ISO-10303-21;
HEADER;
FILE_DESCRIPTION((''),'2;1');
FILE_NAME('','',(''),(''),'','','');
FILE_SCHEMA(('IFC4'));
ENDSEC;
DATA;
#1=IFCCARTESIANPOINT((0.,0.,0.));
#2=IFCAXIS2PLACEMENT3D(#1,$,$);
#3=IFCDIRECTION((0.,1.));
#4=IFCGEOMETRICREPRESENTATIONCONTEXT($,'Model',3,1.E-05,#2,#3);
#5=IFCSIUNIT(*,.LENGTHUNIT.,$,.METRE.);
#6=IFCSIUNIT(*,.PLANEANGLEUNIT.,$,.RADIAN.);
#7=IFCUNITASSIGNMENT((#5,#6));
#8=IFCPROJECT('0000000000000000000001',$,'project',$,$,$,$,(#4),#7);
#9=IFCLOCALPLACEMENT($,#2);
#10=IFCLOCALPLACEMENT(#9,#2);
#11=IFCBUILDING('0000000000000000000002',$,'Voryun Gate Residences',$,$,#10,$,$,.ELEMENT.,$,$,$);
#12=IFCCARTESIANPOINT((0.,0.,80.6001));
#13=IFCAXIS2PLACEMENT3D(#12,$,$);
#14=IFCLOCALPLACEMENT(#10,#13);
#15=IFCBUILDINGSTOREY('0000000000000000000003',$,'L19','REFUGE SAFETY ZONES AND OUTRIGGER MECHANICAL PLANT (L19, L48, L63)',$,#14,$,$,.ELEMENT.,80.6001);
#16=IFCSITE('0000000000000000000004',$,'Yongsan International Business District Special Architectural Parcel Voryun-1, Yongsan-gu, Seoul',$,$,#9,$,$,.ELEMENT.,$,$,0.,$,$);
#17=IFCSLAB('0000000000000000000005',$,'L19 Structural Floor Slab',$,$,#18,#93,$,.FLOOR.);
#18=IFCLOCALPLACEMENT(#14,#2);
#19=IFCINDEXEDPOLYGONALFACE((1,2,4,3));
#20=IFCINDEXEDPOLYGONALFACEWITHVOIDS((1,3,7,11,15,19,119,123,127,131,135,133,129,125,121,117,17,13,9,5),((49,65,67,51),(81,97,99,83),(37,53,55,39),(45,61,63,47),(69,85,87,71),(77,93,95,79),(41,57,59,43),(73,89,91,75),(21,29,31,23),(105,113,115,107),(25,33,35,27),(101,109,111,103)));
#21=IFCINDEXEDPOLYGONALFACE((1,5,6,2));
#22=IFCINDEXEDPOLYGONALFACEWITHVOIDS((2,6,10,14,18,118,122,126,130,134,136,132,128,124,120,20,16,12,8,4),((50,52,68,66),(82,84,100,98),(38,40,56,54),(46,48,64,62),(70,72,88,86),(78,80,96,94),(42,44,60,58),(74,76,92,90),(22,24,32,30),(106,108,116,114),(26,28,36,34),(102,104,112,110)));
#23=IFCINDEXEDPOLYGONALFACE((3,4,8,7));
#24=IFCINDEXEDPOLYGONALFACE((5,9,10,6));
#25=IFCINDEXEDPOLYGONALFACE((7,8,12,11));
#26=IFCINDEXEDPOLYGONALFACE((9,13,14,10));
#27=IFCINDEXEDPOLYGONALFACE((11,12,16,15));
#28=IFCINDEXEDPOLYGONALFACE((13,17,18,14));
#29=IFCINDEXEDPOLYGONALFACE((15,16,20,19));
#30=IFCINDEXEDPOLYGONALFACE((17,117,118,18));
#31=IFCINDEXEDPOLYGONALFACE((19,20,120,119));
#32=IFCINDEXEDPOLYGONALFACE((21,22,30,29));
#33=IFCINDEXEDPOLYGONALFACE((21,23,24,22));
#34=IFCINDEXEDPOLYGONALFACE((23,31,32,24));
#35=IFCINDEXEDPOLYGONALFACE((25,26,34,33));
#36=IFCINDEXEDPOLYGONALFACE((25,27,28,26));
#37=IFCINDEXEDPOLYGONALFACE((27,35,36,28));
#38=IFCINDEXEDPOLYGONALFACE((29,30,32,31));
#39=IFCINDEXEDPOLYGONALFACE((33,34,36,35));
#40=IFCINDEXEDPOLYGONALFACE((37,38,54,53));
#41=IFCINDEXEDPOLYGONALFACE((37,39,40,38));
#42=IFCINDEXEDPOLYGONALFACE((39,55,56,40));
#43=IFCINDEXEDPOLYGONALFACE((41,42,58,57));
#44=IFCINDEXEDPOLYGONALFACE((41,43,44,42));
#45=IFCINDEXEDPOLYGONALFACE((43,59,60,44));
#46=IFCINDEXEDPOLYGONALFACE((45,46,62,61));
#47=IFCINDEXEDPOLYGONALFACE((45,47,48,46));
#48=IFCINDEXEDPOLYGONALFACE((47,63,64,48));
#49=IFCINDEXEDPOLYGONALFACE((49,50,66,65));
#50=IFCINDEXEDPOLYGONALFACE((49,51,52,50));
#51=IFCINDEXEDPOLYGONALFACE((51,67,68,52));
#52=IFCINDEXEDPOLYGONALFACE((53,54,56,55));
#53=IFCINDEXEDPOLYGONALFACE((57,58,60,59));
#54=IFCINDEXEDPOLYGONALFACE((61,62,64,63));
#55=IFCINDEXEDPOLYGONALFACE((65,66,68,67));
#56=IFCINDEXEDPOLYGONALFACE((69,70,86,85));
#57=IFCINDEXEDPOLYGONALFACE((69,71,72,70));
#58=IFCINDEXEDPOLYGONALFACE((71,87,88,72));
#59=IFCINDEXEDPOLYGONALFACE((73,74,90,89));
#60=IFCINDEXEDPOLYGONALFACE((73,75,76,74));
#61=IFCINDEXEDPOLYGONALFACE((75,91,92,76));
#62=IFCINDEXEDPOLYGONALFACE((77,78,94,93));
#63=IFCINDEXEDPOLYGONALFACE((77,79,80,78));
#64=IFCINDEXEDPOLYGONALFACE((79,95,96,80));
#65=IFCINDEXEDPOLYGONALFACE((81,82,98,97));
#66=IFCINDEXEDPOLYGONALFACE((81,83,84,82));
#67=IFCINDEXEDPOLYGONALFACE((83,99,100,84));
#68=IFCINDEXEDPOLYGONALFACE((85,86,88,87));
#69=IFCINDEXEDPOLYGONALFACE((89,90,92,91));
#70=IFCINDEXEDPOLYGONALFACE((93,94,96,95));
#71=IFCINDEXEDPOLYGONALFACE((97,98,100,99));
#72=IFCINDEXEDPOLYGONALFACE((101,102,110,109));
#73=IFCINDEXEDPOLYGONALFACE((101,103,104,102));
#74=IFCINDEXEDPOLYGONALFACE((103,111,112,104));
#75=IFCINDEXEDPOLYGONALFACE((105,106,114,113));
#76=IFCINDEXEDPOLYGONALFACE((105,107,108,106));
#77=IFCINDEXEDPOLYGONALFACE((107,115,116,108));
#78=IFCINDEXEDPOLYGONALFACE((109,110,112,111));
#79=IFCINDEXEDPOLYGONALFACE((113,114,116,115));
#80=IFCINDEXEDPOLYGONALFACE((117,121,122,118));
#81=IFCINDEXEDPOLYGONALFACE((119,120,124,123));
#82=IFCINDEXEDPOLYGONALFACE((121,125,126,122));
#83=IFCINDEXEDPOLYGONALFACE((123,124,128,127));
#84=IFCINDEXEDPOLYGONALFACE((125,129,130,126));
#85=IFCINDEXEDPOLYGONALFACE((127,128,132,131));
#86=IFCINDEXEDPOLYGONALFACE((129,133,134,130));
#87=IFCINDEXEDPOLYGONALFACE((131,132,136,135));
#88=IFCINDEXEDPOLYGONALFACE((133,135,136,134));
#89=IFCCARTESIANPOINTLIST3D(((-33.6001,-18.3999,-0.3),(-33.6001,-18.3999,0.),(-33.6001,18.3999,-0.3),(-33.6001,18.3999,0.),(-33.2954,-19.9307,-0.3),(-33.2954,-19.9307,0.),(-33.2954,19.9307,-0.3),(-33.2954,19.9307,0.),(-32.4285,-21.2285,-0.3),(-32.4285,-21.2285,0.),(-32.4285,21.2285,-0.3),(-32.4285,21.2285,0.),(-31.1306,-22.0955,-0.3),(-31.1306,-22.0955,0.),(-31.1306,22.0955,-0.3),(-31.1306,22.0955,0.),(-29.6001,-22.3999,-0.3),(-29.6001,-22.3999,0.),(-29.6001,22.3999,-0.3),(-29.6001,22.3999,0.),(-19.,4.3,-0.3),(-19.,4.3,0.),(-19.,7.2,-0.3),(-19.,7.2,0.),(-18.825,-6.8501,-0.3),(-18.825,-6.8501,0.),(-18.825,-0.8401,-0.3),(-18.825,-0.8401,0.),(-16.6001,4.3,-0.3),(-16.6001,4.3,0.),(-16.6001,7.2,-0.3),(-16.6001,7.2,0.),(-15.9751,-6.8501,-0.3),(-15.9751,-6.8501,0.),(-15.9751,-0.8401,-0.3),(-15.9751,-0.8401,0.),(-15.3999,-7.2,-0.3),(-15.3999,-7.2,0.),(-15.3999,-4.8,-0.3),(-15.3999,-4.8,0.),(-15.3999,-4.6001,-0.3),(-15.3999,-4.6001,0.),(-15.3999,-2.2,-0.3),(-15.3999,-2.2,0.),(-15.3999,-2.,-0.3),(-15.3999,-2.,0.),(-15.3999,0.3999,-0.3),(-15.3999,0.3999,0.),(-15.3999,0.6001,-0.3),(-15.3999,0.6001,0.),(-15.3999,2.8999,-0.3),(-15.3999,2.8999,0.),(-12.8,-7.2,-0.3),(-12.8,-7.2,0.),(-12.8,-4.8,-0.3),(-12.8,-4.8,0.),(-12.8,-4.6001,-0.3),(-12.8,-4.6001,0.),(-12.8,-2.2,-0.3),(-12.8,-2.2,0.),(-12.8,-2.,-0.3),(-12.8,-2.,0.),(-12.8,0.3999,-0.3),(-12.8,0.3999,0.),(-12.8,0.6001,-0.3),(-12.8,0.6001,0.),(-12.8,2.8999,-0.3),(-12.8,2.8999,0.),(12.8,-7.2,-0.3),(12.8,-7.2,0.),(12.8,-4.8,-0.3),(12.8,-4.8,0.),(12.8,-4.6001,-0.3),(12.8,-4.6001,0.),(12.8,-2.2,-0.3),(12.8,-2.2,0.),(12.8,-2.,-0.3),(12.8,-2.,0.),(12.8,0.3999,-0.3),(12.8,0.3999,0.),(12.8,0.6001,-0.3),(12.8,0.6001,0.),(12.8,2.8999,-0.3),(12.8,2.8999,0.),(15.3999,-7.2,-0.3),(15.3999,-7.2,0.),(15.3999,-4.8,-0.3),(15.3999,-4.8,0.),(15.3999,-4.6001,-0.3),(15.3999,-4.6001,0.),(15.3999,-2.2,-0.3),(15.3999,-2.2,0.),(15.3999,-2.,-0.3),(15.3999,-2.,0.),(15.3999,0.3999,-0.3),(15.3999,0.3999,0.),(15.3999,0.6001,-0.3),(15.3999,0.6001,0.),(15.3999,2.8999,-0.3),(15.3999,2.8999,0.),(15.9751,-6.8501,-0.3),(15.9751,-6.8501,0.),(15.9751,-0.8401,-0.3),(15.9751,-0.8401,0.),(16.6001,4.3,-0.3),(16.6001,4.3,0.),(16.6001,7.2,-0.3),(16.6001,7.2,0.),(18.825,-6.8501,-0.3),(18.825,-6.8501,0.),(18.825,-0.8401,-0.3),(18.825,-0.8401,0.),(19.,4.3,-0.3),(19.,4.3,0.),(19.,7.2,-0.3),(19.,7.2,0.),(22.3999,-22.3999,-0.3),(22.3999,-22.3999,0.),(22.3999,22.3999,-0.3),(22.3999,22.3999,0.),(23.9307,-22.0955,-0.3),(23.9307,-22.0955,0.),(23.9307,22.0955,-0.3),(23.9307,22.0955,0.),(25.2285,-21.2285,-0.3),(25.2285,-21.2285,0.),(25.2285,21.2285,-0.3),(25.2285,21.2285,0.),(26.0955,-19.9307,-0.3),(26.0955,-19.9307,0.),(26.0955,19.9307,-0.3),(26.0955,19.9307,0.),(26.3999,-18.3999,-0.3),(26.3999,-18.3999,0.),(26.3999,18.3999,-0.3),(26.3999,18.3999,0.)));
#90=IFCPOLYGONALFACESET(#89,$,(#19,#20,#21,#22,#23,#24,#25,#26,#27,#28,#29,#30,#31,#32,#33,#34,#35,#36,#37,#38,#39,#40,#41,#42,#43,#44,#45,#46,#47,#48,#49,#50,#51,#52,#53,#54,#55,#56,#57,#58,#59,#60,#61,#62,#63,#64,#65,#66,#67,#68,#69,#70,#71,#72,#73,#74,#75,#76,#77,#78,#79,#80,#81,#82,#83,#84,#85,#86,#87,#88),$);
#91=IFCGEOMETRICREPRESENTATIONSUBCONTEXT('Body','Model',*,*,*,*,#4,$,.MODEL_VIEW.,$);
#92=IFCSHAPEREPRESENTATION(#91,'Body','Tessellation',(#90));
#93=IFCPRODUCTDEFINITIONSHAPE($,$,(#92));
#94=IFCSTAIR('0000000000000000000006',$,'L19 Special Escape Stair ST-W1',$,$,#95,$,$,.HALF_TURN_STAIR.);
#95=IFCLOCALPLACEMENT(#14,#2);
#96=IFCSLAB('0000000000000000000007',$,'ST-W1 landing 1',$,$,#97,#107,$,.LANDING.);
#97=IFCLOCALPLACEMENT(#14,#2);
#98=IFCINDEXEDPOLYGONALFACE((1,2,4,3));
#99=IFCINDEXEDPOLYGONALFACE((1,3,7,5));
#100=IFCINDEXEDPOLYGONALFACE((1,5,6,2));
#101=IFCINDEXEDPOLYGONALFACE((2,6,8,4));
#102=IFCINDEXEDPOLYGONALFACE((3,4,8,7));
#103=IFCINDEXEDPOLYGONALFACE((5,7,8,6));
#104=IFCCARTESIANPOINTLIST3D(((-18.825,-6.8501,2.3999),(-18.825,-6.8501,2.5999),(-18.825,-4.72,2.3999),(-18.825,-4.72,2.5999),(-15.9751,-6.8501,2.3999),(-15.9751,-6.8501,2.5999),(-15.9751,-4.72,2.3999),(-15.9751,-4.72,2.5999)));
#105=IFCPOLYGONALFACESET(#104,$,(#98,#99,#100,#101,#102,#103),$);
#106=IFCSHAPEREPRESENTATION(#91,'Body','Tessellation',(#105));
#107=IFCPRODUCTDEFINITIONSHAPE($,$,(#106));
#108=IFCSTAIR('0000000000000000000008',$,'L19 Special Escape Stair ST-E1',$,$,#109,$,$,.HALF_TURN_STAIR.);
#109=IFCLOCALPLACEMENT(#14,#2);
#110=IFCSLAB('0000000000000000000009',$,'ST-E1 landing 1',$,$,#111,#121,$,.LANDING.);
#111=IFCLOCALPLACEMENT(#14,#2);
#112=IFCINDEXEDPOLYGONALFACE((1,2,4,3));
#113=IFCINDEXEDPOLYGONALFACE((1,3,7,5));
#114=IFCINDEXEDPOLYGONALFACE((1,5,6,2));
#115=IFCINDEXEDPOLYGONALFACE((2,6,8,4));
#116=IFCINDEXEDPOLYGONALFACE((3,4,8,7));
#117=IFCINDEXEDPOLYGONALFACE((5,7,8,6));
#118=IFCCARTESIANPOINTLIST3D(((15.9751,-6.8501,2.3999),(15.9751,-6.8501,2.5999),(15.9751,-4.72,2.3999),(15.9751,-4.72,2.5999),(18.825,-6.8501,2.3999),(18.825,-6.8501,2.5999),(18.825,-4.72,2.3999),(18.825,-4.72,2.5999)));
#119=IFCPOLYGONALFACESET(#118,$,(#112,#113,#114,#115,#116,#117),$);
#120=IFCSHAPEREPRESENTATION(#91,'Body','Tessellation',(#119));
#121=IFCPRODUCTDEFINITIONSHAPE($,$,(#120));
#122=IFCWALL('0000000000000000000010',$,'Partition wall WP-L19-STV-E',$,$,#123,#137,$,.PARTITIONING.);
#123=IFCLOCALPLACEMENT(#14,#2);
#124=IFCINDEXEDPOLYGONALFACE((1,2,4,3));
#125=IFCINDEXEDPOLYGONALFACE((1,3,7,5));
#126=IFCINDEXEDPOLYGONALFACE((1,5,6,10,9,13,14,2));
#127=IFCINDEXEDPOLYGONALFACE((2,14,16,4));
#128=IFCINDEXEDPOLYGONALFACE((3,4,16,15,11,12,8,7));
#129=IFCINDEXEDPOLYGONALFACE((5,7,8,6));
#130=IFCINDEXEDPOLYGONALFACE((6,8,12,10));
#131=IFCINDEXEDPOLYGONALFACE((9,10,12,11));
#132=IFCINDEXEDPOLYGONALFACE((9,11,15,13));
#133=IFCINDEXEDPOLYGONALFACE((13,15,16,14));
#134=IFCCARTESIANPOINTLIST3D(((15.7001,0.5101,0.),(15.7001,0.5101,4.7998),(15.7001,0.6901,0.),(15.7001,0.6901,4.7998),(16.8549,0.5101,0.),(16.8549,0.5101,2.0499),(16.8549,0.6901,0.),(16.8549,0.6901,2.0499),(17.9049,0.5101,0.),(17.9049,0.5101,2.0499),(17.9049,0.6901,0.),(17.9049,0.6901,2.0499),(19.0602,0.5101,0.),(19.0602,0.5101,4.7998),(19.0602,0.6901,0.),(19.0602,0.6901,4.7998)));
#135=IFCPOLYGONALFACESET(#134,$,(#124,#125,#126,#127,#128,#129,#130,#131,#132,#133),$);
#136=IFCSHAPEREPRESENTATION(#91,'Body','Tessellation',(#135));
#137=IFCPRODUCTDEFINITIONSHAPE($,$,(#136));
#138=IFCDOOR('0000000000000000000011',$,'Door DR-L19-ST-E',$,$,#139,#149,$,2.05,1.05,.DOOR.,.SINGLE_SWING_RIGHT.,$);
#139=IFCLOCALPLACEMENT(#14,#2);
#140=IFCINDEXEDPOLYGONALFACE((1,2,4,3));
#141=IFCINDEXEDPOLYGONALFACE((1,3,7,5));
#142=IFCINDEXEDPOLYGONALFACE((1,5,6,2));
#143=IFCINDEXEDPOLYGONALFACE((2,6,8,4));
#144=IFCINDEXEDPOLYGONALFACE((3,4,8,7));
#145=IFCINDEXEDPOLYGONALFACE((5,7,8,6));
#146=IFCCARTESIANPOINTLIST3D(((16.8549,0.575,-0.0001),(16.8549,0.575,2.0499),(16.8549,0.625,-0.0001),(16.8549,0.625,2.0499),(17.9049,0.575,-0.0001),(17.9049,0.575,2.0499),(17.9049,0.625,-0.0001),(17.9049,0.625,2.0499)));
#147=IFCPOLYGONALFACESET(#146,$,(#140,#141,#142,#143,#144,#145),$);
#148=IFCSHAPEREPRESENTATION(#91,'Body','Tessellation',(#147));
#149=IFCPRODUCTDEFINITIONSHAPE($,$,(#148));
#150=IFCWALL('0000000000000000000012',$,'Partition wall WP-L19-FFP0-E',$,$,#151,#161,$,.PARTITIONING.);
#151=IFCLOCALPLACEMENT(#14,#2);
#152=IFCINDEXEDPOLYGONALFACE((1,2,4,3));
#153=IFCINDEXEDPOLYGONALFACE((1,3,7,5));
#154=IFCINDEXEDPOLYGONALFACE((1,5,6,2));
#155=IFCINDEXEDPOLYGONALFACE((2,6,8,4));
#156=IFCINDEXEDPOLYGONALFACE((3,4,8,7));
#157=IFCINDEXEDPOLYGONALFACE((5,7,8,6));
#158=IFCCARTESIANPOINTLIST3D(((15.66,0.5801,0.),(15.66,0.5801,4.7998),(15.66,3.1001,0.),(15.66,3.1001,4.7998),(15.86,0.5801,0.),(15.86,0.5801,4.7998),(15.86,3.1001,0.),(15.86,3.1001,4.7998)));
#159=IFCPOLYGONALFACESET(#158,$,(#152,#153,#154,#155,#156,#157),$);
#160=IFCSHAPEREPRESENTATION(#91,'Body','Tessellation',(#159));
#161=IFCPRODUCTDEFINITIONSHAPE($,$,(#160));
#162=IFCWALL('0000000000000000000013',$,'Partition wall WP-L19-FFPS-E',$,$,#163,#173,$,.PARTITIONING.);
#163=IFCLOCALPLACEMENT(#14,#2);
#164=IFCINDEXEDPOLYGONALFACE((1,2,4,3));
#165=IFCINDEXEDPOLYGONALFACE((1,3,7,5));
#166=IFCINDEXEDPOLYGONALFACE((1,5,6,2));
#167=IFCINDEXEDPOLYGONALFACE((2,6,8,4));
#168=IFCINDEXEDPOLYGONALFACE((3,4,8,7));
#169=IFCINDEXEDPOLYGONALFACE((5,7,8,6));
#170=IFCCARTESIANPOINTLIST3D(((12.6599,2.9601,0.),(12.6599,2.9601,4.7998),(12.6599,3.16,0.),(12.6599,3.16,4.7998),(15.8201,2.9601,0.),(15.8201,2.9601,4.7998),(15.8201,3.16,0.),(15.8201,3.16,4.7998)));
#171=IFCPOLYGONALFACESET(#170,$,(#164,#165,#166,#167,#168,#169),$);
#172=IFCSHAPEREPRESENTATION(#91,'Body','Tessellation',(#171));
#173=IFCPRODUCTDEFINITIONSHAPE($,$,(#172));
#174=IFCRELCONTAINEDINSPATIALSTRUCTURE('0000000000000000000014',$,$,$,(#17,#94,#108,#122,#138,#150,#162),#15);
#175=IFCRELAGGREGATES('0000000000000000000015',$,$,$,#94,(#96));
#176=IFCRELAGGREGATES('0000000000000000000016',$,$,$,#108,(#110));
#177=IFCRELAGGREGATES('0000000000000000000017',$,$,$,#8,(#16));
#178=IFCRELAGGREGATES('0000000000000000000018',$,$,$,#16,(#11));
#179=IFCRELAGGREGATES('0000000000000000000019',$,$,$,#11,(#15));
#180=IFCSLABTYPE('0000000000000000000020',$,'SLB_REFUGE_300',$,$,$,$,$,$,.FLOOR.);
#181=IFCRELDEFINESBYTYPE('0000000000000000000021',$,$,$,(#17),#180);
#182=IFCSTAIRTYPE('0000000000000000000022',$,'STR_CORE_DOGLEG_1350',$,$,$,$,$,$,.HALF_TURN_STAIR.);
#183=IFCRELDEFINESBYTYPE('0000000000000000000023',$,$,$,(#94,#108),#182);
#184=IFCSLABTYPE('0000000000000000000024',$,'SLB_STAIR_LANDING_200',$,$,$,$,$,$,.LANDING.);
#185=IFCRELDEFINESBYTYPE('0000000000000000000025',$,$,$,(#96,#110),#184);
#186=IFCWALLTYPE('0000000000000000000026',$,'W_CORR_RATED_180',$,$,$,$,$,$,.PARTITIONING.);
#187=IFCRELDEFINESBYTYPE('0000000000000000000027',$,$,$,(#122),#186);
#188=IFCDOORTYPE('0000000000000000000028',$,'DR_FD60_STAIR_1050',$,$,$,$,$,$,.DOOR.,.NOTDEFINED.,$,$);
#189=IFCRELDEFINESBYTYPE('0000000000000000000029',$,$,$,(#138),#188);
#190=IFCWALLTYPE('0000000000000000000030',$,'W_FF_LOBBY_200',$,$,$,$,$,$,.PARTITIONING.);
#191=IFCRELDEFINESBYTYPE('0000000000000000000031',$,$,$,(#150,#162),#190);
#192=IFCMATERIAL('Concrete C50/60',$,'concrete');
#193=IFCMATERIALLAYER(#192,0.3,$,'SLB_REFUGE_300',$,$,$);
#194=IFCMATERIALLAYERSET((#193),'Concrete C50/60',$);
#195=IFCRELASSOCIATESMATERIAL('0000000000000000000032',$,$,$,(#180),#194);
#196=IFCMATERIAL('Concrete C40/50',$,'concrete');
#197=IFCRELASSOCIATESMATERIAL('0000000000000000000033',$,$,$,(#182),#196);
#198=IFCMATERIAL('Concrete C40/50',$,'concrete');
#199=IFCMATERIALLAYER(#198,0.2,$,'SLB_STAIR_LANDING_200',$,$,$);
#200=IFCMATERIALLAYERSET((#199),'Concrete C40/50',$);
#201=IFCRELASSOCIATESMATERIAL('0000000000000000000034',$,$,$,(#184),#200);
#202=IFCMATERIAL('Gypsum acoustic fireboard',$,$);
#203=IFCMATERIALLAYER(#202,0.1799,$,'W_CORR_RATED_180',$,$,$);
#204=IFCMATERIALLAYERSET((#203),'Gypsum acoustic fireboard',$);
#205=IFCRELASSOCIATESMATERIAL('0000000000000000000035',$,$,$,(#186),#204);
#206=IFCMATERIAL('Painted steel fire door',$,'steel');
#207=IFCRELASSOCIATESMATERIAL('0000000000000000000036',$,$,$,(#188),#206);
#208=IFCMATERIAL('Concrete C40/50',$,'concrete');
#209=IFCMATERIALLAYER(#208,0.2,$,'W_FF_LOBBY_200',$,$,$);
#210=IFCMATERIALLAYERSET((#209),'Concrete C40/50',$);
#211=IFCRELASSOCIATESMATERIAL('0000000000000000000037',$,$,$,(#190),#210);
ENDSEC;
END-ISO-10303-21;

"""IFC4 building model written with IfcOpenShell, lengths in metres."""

from ifc_helpers import new_model, si_unit, direction, frame, frame_2d, origin, place, context, subcontext, project, spatial, polyline, rectangle, outline, extrude, material, layer, layer_set, type_object, element, fill, aggregate, save


model = new_model("IFC4")

# Units and contexts
model_context = context("Model", 3, precision=1e-05, world=origin(), true_north=direction((0.0, 1.0)))
body_context = subcontext(model_context, "Body", "Model", "MODEL_VIEW")
ifc_project = project(units=[si_unit("LENGTHUNIT", "METRE"), si_unit("PLANEANGLEUNIT", "RADIAN")], contexts=[model_context])

# Site, building, storey
site_placement = place(None, origin())
site = spatial("IfcSite", under=ifc_project, at=site_placement, Name="Yongsan International Business District Special Architectural Parcel Voryun-1, Yongsan-gu, Seoul", CompositionType="ELEMENT", RefElevation=0.0)
building_placement = place(site_placement, origin())
building = spatial("IfcBuilding", under=site, at=building_placement, Name="Voryun Gate Residences", CompositionType="ELEMENT")
storey_placement = place(building_placement, frame((0.0, 0.0, 80.6001)))
storey = spatial("IfcBuildingStorey", under=building, at=storey_placement, Name="L19", Description="REFUGE SAFETY ZONES AND OUTRIGGER MECHANICAL PLANT (L19, L48, L63)", CompositionType="ELEMENT", Elevation=80.6001)

# Slab
ifc_material_1 = material(Name="Concrete C50/60", Category="concrete")
ifc_layer_1 = layer(ifc_material_1, 0.3, Name="SLB_REFUGE_300")
ifc_layer_set_1 = layer_set([ifc_layer_1], Name="Concrete C50/60")
slab_type_1 = type_object("IfcSlabType", Name="SLB_REFUGE_300", PredefinedType="FLOOR", material=ifc_layer_set_1)
slab_1_placement = place(storey_placement, frame((0.0, 0.0, -0.3)))
element("IfcSlab", 1, at=slab_1_placement, inside=storey, type_object=slab_type_1, Name="L19 Structural Floor Slab", PredefinedType="FLOOR", context=body_context, shape_type="SweptSolid", body=[
    extrude(outline(polyline([(-29.6001, -22.3999), (-31.1306, -22.0955), (-32.4285, -21.2285), (-33.2954, -19.9307), (-33.6001, -18.3999), (-33.6001, 18.3999), (-33.2954, 19.9307), (-32.4285, 21.2285), (-31.1306, 22.0955), (-29.6001, 22.3999), (22.3999, 22.3999), (23.9307, 22.0955), (25.2285, 21.2285), (26.0955, 19.9307), (26.3999, 18.3999), (26.3999, -18.3999), (26.0955, -19.9307), (25.2285, -21.2285), (23.9307, -22.0955), (22.3999, -22.3999), (-29.6001, -22.3999)]), holes=[polyline([(-12.8, -4.8), (-15.3999, -4.8), (-15.3999, -7.2), (-12.8, -7.2), (-12.8, -4.8)]), polyline([(-18.825, -6.8501), (-15.9751, -6.8501), (-15.9751, -0.8401), (-18.825, -0.8401), (-18.825, -6.8501)]), polyline([(-12.8, -4.6001), (-12.8, -2.2), (-15.3999, -2.2), (-15.3999, -4.6001), (-12.8, -4.6001)]), polyline([(-12.8, 0.3999), (-15.3999, 0.3999), (-15.3999, -2.0), (-12.8, -2.0), (-12.8, 0.3999)]), polyline([(-12.8, 0.6001), (-12.8, 2.8999), (-15.3999, 2.8999), (-15.3999, 0.6001), (-12.8, 0.6001)]), polyline([(-16.6001, 4.3), (-16.6001, 7.2), (-19.0, 7.2), (-19.0, 4.3), (-16.6001, 4.3)]), polyline([(15.3999, -4.8), (12.8, -4.8), (12.8, -7.2), (15.3999, -7.2), (15.3999, -4.8)]), polyline([(15.9751, -6.8501), (18.825, -6.8501), (18.825, -0.8401), (15.9751, -0.8401), (15.9751, -6.8501)]), polyline([(15.3999, -4.6001), (15.3999, -2.2), (12.8, -2.2), (12.8, -4.6001), (15.3999, -4.6001)]), polyline([(15.3999, 0.3999), (12.8, 0.3999), (12.8, -2.0), (15.3999, -2.0), (15.3999, 0.3999)]), polyline([(15.3999, 0.6001), (15.3999, 2.8999), (12.8, 2.8999), (12.8, 0.6001), (15.3999, 0.6001)]), polyline([(19.0, 4.3), (19.0, 7.2), (16.6001, 7.2), (16.6001, 4.3), (19.0, 4.3)])]), origin(), (0.0, 0.0, 1.0), 0.3),
])

# Stairs, slabs
ifc_material_2 = material(Name="Concrete C40/50", Category="concrete")
stair_type = type_object("IfcStairType", Name="STR_CORE_DOGLEG_1350", PredefinedType="HALF_TURN_STAIR", material=ifc_material_2)
stair_1_placement = place(storey_placement, origin())
stair_1 = element("IfcStair", 2, at=stair_1_placement, inside=storey, type_object=stair_type, Name="L19 Special Escape Stair ST-W1", PredefinedType="HALF_TURN_STAIR")
ifc_material_3 = material(Name="Concrete C40/50", Category="concrete")
ifc_layer_2 = layer(ifc_material_3, 0.2, Name="SLB_STAIR_LANDING_200")
ifc_layer_set_2 = layer_set([ifc_layer_2], Name="Concrete C40/50")
slab_type_2 = type_object("IfcSlabType", Name="SLB_STAIR_LANDING_200", PredefinedType="LANDING", material=ifc_layer_set_2)
slab_2_placement = place(storey_placement, frame((0.0, 0.0, 2.3999)))
slab_2 = element("IfcSlab", 3, at=slab_2_placement, type_object=slab_type_2, Name="ST-W1 landing 1", PredefinedType="LANDING", context=body_context, shape_type="SweptSolid", body=[
    extrude(outline(polyline([(-18.825, -4.72), (-18.825, -6.8501), (-15.9751, -6.8501), (-15.9751, -4.72), (-18.825, -4.72)])), origin(), (0.0, 0.0, 1.0), 0.2),
])
aggregate(stair_1, [slab_2])
stair_2_placement = place(storey_placement, origin())
stair_2 = element("IfcStair", 4, at=stair_2_placement, inside=storey, type_object=stair_type, Name="L19 Special Escape Stair ST-E1", PredefinedType="HALF_TURN_STAIR")
slab_3_placement = place(storey_placement, frame((0.0, 0.0, 2.3999)))
slab_3 = element("IfcSlab", 5, at=slab_3_placement, type_object=slab_type_2, Name="ST-E1 landing 1", PredefinedType="LANDING", context=body_context, shape_type="SweptSolid", body=[
    extrude(outline(polyline([(15.9751, -4.72), (15.9751, -6.8501), (18.825, -6.8501), (18.825, -4.72), (15.9751, -4.72)])), origin(), (0.0, 0.0, 1.0), 0.2),
])
aggregate(stair_2, [slab_3])

# Wall, opening, door
ifc_material_4 = material(Name="Gypsum acoustic fireboard")
ifc_layer_3 = layer(ifc_material_4, 0.1799, Name="W_CORR_RATED_180")
ifc_layer_set_3 = layer_set([ifc_layer_3], Name="Gypsum acoustic fireboard")
wall_type_1 = type_object("IfcWallType", Name="W_CORR_RATED_180", PredefinedType="PARTITIONING", material=ifc_layer_set_3)
wall_1_placement = place(storey_placement, frame((15.7, 0.6001, 0.0), z_axis=(0.0, 0.0, 1.0), x_axis=(1.0, 0.0, 0.0)))
wall_1 = element("IfcWall", 6, at=wall_1_placement, inside=storey, type_object=wall_type_1, Name="Partition wall WP-L19-STV-E", PredefinedType="PARTITIONING", context=body_context, shape_type="SweptSolid", body=[
    extrude(rectangle(XDim=3.3601, YDim=0.1799, at=frame_2d((1.6802, 0.0))), origin(), (0.0, 0.0, 1.0), 4.7998),
])
opening_1_placement = place(wall_1_placement, frame((1.155, 0.0, 0.0)))
opening_1 = element("IfcOpeningElement", 7, at=opening_1_placement, cuts=wall_1, PredefinedType="OPENING", context=body_context, shape_type="SweptSolid", body=[
    extrude(rectangle(XDim=1.05, YDim=2.05, at=frame_2d((0.5249, 1.0249))), frame((0.0, 0.0999, 0.0), z_axis=(0.0, -1.0, 0.0), x_axis=(1.0, 0.0, 0.0)), (0.0, 0.0, 1.0), 0.2),
])
ifc_material_5 = material(Name="Painted steel fire door", Category="steel")
door_type_1 = type_object("IfcDoorType", Name="DR_FD60_STAIR_1050", OperationType="NOTDEFINED", PredefinedType="DOOR", material=ifc_material_5)
door_1_placement = place(opening_1_placement, origin())
door_1 = element("IfcDoor", 8, at=door_1_placement, inside=storey, type_object=door_type_1, Name="Door DR-L19-ST-E", OperationType="SINGLE_SWING_RIGHT", OverallHeight=2.05, OverallWidth=1.05, PredefinedType="DOOR", context=body_context, shape_type="SweptSolid", body=[
    extrude(rectangle(XDim=1.05, YDim=2.05, at=frame_2d((0.5249, 1.0249))), frame((0.0, 0.0249, 0.0), z_axis=(0.0, -1.0, 0.0), x_axis=(1.0, 0.0, 0.0)), (0.0, 0.0, 1.0), 0.05),
])
fill(opening_1, door_1)

# Walls
ifc_material_6 = material(Name="Concrete C40/50", Category="concrete")
ifc_layer_4 = layer(ifc_material_6, 0.2, Name="W_FF_LOBBY_200")
ifc_layer_set_4 = layer_set([ifc_layer_4], Name="Concrete C40/50")
wall_type_2 = type_object("IfcWallType", Name="W_FF_LOBBY_200", PredefinedType="PARTITIONING", material=ifc_layer_set_4)
wall_2_placement = place(storey_placement, frame((15.76, 0.5801, 0.0), z_axis=(0.0, 0.0, 1.0), x_axis=(0.0, 1.0, 0.0)))
element("IfcWall", 9, at=wall_2_placement, inside=storey, type_object=wall_type_2, Name="Partition wall WP-L19-FFP0-E", PredefinedType="PARTITIONING", context=body_context, shape_type="SweptSolid", body=[
    extrude(rectangle(XDim=2.52, YDim=0.2, at=frame_2d((1.26, 0.0))), origin(), (0.0, 0.0, 1.0), 4.7998),
])
wall_3_placement = place(storey_placement, frame((12.6599, 3.0601, 0.0), z_axis=(0.0, 0.0, 1.0), x_axis=(1.0, 0.0, 0.0)))
element("IfcWall", 10, at=wall_3_placement, inside=storey, type_object=wall_type_2, Name="Partition wall WP-L19-FFPS-E", PredefinedType="PARTITIONING", context=body_context, shape_type="SweptSolid", body=[
    extrude(rectangle(XDim=3.1602, YDim=0.2, at=frame_2d((1.5801, 0.0))), origin(), (0.0, 0.0, 1.0), 4.7998),
])

save(model, "model.ifc")
